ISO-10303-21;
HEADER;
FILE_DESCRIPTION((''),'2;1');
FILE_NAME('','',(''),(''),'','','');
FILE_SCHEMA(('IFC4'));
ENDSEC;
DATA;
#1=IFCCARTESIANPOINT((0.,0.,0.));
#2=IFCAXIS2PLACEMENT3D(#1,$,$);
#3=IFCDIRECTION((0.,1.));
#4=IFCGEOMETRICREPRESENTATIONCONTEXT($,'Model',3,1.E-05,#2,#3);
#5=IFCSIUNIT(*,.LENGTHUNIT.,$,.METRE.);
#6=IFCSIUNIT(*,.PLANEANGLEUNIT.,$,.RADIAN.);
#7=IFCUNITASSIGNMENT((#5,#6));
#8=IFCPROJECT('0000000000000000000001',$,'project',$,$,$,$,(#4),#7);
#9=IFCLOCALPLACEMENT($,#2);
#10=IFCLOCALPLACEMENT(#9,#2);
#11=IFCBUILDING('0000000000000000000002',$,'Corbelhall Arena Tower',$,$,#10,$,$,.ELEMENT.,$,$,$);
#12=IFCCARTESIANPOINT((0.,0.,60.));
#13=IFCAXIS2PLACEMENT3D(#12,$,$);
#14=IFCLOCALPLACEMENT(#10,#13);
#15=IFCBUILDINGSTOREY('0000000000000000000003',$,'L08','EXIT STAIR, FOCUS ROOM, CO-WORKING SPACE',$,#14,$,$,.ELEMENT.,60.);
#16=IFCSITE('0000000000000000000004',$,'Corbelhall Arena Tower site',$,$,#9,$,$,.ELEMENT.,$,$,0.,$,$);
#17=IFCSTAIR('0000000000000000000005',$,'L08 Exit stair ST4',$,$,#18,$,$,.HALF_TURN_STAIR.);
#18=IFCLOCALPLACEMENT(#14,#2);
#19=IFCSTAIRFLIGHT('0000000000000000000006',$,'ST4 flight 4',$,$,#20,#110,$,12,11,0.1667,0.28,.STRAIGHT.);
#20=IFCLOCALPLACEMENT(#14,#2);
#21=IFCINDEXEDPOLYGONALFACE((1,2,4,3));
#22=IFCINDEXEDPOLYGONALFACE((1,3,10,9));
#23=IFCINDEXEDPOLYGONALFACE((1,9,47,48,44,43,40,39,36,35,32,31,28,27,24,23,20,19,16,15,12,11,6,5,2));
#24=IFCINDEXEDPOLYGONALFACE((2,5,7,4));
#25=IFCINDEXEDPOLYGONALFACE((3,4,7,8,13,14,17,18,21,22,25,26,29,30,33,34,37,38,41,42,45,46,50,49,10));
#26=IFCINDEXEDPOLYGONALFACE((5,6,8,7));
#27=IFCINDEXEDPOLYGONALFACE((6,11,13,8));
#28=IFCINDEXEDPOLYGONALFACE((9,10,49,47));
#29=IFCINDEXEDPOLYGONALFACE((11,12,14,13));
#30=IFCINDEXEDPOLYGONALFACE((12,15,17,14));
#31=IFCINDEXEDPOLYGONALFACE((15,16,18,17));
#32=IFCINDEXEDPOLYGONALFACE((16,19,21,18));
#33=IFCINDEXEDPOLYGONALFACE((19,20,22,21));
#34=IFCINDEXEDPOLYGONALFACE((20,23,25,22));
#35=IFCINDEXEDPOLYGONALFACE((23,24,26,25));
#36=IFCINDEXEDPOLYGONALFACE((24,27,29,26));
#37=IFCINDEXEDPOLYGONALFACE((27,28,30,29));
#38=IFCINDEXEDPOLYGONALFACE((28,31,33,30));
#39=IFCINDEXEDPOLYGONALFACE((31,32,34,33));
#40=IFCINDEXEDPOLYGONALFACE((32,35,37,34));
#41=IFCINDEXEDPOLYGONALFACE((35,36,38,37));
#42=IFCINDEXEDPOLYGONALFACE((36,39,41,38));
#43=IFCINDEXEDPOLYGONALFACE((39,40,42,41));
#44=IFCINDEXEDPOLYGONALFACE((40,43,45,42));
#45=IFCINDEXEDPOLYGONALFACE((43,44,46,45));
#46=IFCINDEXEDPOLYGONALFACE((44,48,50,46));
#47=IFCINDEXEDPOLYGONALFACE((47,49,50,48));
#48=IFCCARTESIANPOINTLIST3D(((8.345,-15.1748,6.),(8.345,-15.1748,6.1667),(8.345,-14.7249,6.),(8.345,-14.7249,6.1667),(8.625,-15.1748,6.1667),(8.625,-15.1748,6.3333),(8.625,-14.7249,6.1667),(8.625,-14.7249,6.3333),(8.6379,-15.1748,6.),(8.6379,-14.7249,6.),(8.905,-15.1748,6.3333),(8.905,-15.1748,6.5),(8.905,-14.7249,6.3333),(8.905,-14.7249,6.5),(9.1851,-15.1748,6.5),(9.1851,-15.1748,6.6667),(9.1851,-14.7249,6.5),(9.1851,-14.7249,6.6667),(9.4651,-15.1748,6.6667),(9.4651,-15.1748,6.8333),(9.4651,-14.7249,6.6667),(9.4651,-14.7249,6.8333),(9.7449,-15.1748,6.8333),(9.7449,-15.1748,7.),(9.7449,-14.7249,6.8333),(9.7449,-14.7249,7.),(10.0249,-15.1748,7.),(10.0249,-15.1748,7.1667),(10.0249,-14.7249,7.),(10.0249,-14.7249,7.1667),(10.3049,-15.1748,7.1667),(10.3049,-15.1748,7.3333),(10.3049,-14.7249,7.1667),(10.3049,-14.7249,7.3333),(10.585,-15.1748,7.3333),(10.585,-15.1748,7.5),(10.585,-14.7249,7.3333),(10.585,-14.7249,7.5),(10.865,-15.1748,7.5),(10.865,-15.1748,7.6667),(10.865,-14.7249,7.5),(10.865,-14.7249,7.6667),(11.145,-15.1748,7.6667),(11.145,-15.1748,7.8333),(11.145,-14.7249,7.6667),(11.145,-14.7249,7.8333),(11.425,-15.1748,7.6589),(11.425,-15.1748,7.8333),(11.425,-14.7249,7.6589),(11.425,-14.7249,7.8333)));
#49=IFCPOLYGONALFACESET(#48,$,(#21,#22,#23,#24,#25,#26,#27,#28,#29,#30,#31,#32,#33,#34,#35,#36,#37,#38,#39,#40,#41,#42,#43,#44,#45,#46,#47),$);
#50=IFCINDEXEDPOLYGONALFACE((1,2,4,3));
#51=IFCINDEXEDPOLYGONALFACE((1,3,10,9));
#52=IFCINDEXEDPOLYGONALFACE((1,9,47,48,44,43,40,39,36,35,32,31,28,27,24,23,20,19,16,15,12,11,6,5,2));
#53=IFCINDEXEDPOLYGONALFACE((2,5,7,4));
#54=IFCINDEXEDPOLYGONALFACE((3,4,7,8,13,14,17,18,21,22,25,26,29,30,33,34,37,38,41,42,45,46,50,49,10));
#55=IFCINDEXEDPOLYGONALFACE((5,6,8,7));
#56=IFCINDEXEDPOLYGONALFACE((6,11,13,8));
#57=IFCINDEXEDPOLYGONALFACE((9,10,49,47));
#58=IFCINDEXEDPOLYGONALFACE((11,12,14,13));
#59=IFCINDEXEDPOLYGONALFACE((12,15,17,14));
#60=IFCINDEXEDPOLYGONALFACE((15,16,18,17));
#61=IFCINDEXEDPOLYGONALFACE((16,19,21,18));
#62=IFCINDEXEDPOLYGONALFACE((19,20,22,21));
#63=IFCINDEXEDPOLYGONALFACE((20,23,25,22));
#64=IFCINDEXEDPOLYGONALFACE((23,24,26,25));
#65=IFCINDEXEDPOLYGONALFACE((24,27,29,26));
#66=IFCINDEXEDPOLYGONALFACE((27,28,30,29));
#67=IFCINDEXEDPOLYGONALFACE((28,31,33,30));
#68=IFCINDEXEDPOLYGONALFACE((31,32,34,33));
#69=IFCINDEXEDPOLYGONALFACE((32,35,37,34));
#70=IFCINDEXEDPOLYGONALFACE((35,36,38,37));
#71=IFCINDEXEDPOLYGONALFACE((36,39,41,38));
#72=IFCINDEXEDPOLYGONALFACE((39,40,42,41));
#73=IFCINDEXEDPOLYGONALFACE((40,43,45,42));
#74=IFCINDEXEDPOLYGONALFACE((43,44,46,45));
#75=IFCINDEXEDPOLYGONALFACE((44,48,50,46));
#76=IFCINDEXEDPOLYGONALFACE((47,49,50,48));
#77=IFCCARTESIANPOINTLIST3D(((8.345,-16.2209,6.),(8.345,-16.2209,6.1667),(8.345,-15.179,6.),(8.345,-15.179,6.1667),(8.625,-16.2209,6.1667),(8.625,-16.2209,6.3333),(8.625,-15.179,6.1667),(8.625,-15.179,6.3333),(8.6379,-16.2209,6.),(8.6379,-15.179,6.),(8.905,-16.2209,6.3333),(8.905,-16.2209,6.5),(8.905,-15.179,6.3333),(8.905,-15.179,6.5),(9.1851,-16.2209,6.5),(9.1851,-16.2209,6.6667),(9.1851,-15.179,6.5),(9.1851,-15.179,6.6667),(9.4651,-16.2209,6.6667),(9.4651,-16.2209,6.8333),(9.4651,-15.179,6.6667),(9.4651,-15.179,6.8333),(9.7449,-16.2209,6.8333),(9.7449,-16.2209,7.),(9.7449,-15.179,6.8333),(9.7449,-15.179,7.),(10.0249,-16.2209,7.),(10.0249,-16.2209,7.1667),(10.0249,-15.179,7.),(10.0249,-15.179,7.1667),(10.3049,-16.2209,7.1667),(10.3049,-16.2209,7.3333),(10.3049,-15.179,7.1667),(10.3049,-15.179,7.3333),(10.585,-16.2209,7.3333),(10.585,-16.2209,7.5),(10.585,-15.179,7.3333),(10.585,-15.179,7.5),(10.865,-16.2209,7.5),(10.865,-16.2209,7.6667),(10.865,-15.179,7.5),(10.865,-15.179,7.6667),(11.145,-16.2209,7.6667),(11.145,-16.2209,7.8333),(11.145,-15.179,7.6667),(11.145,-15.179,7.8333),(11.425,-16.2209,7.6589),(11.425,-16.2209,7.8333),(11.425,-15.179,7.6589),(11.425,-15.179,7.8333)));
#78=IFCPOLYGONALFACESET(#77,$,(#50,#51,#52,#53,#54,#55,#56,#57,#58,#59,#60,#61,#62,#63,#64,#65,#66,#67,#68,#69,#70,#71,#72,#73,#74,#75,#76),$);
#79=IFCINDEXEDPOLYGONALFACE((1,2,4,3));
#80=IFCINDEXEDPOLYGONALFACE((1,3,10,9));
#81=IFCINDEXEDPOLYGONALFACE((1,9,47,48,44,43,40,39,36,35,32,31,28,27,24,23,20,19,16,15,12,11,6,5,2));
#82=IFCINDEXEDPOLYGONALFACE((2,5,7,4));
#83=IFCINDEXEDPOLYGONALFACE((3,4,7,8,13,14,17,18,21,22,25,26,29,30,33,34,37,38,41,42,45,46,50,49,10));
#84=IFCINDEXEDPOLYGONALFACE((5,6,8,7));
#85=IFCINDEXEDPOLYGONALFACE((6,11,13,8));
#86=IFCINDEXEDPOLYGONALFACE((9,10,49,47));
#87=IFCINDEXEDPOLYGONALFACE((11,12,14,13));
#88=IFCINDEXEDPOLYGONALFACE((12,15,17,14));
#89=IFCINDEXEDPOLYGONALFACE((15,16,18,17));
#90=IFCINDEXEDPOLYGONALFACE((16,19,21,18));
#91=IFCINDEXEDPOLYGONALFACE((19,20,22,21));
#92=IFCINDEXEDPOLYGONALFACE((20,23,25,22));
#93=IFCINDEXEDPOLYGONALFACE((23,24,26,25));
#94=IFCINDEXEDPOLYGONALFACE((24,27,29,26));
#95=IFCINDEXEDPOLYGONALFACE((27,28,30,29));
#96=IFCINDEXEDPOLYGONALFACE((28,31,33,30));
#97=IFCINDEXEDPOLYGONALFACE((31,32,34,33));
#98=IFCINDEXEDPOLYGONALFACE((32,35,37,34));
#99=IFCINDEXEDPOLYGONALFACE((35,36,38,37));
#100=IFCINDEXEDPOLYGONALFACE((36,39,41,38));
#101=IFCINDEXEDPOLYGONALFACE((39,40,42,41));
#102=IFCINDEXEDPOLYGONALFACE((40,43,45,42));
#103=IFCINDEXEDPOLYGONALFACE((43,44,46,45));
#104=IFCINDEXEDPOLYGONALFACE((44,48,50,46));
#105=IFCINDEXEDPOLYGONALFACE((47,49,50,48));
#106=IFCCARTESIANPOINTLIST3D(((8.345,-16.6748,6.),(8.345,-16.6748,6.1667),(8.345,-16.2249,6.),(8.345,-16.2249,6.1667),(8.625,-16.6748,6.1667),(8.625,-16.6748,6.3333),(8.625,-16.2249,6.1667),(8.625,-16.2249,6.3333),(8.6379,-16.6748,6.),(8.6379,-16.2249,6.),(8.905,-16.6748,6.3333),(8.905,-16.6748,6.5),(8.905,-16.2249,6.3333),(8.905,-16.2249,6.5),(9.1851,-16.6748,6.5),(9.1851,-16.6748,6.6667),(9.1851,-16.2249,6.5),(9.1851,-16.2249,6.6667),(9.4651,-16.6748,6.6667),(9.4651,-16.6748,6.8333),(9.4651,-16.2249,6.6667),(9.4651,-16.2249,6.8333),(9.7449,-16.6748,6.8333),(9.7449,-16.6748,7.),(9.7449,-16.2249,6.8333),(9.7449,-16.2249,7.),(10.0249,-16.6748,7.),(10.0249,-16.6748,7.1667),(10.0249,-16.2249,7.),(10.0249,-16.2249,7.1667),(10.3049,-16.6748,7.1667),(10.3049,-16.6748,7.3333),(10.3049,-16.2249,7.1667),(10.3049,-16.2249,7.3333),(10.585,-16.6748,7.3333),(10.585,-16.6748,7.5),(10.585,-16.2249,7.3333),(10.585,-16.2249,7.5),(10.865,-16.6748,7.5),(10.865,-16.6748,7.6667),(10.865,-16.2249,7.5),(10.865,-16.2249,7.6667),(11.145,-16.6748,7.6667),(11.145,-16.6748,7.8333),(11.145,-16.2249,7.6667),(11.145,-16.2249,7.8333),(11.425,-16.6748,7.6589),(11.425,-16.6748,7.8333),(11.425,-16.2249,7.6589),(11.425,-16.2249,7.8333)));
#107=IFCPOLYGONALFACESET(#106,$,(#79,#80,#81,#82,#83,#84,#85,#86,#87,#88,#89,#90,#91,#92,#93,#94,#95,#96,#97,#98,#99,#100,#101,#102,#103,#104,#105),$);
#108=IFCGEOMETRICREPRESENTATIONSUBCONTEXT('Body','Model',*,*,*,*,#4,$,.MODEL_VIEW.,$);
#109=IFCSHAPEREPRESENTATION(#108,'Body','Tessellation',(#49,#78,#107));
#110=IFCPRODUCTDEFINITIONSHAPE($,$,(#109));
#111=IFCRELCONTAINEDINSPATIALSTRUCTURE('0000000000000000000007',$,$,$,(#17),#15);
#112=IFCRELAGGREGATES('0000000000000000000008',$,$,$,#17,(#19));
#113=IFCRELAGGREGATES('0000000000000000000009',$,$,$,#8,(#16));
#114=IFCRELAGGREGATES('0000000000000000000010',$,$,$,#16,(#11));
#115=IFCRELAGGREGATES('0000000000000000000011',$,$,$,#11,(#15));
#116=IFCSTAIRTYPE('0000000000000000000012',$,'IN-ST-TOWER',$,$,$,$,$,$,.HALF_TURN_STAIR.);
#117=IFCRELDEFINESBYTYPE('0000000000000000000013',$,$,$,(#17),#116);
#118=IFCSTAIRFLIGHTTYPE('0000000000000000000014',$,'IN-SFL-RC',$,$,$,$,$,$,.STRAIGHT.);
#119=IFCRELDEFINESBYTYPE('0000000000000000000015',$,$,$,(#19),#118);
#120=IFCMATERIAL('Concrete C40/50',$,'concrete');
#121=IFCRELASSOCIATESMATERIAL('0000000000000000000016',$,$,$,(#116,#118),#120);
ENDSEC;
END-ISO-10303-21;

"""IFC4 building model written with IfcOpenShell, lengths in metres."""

from ifc_helpers import new_model, si_unit, direction, frame, origin, place, context, subcontext, project, spatial, polyline, outline, extrude, material, type_object, element, aggregate, save


model = new_model("IFC4")

# Units and contexts
model_context = context("Model", 3, precision=1e-05, world=origin(), true_north=direction((0.0, 1.0)))
body_context = subcontext(model_context, "Body", "Model", "MODEL_VIEW")
ifc_project = project(units=[si_unit("LENGTHUNIT", "METRE"), si_unit("PLANEANGLEUNIT", "RADIAN")], contexts=[model_context])

# Site, building, storey
site_placement = place(None, origin())
site = spatial("IfcSite", under=ifc_project, at=site_placement, Name="Corbelhall Arena Tower site", CompositionType="ELEMENT", RefElevation=0.0)
building_placement = place(site_placement, origin())
building = spatial("IfcBuilding", under=site, at=building_placement, Name="Corbelhall Arena Tower", CompositionType="ELEMENT")
storey_placement = place(building_placement, frame((0.0, 0.0, 60.0)))
storey = spatial("IfcBuildingStorey", under=building, at=storey_placement, Name="L08", Description="EXIT STAIR, FOCUS ROOM, CO-WORKING SPACE", CompositionType="ELEMENT", Elevation=60.0)

# Shared definitions
ifc_material_1 = material(Name="Concrete C40/50", Category="concrete")

# Stair, stair flight
stair_type = type_object("IfcStairType", Name="IN-ST-TOWER", PredefinedType="HALF_TURN_STAIR", material=ifc_material_1)
stair_placement = place(storey_placement, origin())
stair = element("IfcStair", 1, at=stair_placement, inside=storey, type_object=stair_type, Name="L08 Exit stair ST4", PredefinedType="HALF_TURN_STAIR")
stair_flight_type = type_object("IfcStairFlightType", Name="IN-SFL-RC", PredefinedType="STRAIGHT", material=ifc_material_1)
stair_flight_1_placement = place(storey_placement, frame((8.345, -15.7, 6.0), z_axis=(0.0, 0.0, 1.0), x_axis=(1.0, 0.0, 0.0)))
stair_flight_1 = element("IfcStairFlight", 2, at=stair_flight_1_placement, type_object=stair_flight_type, Name="ST4 flight 4", NumberOfRisers=12, NumberOfTreads=11, PredefinedType="STRAIGHT", RiserHeight=0.1667, TreadLength=0.28, context=body_context, shape_type="SweptSolid", body=[
    extrude(outline(polyline([(0.0, 0.0), (0.0, 0.1667), (0.28, 0.1667), (0.28, 0.3333), (0.5601, 0.3333), (0.5601, 0.5), (0.8401, 0.5), (0.8401, 0.6667), (1.1201, 0.6667), (1.1201, 0.8333), (1.3999, 0.8333), (1.3999, 1.0), (1.6799, 1.0), (1.6799, 1.1667), (1.96, 1.1667), (1.96, 1.3333), (2.24, 1.3333), (2.24, 1.5), (2.52, 1.5), (2.52, 1.6667), (2.8, 1.6667), (2.8, 1.8333), (3.0801, 1.8333), (3.0801, 2.0), (3.0801, 1.6589), (0.293, 0.0), (0.0, 0.0)])), frame((0.0, 0.9751, 0.0), z_axis=(0.0, -1.0, 0.0), x_axis=(1.0, 0.0, 0.0)), (0.0, 0.0, 1.0), 0.45),
    extrude(outline(polyline([(0.0, 0.0), (0.0, 0.1667), (0.28, 0.1667), (0.28, 0.3333), (0.5601, 0.3333), (0.5601, 0.5), (0.8401, 0.5), (0.8401, 0.6667), (1.1201, 0.6667), (1.1201, 0.8333), (1.3999, 0.8333), (1.3999, 1.0), (1.6799, 1.0), (1.6799, 1.1667), (1.96, 1.1667), (1.96, 1.3333), (2.24, 1.3333), (2.24, 1.5), (2.52, 1.5), (2.52, 1.6667), (2.8, 1.6667), (2.8, 1.8333), (3.0801, 1.8333), (3.0801, 2.0), (3.0801, 1.6589), (0.293, 0.0), (0.0, 0.0)])), frame((0.0, 0.521, 0.0), z_axis=(0.0, -1.0, 0.0), x_axis=(1.0, 0.0, 0.0)), (0.0, 0.0, 1.0), 1.042),
    extrude(outline(polyline([(0.0, 0.0), (0.0, 0.1667), (0.28, 0.1667), (0.28, 0.3333), (0.5601, 0.3333), (0.5601, 0.5), (0.8401, 0.5), (0.8401, 0.6667), (1.1201, 0.6667), (1.1201, 0.8333), (1.3999, 0.8333), (1.3999, 1.0), (1.6799, 1.0), (1.6799, 1.1667), (1.96, 1.1667), (1.96, 1.3333), (2.24, 1.3333), (2.24, 1.5), (2.52, 1.5), (2.52, 1.6667), (2.8, 1.6667), (2.8, 1.8333), (3.0801, 1.8333), (3.0801, 2.0), (3.0801, 1.6589), (0.293, 0.0), (0.0, 0.0)])), frame((0.0, -0.5249, 0.0), z_axis=(0.0, -1.0, 0.0), x_axis=(1.0, 0.0, 0.0)), (0.0, 0.0, 1.0), 0.45),
])
aggregate(stair, [stair_flight_1])

save(model, "model.ifc")
